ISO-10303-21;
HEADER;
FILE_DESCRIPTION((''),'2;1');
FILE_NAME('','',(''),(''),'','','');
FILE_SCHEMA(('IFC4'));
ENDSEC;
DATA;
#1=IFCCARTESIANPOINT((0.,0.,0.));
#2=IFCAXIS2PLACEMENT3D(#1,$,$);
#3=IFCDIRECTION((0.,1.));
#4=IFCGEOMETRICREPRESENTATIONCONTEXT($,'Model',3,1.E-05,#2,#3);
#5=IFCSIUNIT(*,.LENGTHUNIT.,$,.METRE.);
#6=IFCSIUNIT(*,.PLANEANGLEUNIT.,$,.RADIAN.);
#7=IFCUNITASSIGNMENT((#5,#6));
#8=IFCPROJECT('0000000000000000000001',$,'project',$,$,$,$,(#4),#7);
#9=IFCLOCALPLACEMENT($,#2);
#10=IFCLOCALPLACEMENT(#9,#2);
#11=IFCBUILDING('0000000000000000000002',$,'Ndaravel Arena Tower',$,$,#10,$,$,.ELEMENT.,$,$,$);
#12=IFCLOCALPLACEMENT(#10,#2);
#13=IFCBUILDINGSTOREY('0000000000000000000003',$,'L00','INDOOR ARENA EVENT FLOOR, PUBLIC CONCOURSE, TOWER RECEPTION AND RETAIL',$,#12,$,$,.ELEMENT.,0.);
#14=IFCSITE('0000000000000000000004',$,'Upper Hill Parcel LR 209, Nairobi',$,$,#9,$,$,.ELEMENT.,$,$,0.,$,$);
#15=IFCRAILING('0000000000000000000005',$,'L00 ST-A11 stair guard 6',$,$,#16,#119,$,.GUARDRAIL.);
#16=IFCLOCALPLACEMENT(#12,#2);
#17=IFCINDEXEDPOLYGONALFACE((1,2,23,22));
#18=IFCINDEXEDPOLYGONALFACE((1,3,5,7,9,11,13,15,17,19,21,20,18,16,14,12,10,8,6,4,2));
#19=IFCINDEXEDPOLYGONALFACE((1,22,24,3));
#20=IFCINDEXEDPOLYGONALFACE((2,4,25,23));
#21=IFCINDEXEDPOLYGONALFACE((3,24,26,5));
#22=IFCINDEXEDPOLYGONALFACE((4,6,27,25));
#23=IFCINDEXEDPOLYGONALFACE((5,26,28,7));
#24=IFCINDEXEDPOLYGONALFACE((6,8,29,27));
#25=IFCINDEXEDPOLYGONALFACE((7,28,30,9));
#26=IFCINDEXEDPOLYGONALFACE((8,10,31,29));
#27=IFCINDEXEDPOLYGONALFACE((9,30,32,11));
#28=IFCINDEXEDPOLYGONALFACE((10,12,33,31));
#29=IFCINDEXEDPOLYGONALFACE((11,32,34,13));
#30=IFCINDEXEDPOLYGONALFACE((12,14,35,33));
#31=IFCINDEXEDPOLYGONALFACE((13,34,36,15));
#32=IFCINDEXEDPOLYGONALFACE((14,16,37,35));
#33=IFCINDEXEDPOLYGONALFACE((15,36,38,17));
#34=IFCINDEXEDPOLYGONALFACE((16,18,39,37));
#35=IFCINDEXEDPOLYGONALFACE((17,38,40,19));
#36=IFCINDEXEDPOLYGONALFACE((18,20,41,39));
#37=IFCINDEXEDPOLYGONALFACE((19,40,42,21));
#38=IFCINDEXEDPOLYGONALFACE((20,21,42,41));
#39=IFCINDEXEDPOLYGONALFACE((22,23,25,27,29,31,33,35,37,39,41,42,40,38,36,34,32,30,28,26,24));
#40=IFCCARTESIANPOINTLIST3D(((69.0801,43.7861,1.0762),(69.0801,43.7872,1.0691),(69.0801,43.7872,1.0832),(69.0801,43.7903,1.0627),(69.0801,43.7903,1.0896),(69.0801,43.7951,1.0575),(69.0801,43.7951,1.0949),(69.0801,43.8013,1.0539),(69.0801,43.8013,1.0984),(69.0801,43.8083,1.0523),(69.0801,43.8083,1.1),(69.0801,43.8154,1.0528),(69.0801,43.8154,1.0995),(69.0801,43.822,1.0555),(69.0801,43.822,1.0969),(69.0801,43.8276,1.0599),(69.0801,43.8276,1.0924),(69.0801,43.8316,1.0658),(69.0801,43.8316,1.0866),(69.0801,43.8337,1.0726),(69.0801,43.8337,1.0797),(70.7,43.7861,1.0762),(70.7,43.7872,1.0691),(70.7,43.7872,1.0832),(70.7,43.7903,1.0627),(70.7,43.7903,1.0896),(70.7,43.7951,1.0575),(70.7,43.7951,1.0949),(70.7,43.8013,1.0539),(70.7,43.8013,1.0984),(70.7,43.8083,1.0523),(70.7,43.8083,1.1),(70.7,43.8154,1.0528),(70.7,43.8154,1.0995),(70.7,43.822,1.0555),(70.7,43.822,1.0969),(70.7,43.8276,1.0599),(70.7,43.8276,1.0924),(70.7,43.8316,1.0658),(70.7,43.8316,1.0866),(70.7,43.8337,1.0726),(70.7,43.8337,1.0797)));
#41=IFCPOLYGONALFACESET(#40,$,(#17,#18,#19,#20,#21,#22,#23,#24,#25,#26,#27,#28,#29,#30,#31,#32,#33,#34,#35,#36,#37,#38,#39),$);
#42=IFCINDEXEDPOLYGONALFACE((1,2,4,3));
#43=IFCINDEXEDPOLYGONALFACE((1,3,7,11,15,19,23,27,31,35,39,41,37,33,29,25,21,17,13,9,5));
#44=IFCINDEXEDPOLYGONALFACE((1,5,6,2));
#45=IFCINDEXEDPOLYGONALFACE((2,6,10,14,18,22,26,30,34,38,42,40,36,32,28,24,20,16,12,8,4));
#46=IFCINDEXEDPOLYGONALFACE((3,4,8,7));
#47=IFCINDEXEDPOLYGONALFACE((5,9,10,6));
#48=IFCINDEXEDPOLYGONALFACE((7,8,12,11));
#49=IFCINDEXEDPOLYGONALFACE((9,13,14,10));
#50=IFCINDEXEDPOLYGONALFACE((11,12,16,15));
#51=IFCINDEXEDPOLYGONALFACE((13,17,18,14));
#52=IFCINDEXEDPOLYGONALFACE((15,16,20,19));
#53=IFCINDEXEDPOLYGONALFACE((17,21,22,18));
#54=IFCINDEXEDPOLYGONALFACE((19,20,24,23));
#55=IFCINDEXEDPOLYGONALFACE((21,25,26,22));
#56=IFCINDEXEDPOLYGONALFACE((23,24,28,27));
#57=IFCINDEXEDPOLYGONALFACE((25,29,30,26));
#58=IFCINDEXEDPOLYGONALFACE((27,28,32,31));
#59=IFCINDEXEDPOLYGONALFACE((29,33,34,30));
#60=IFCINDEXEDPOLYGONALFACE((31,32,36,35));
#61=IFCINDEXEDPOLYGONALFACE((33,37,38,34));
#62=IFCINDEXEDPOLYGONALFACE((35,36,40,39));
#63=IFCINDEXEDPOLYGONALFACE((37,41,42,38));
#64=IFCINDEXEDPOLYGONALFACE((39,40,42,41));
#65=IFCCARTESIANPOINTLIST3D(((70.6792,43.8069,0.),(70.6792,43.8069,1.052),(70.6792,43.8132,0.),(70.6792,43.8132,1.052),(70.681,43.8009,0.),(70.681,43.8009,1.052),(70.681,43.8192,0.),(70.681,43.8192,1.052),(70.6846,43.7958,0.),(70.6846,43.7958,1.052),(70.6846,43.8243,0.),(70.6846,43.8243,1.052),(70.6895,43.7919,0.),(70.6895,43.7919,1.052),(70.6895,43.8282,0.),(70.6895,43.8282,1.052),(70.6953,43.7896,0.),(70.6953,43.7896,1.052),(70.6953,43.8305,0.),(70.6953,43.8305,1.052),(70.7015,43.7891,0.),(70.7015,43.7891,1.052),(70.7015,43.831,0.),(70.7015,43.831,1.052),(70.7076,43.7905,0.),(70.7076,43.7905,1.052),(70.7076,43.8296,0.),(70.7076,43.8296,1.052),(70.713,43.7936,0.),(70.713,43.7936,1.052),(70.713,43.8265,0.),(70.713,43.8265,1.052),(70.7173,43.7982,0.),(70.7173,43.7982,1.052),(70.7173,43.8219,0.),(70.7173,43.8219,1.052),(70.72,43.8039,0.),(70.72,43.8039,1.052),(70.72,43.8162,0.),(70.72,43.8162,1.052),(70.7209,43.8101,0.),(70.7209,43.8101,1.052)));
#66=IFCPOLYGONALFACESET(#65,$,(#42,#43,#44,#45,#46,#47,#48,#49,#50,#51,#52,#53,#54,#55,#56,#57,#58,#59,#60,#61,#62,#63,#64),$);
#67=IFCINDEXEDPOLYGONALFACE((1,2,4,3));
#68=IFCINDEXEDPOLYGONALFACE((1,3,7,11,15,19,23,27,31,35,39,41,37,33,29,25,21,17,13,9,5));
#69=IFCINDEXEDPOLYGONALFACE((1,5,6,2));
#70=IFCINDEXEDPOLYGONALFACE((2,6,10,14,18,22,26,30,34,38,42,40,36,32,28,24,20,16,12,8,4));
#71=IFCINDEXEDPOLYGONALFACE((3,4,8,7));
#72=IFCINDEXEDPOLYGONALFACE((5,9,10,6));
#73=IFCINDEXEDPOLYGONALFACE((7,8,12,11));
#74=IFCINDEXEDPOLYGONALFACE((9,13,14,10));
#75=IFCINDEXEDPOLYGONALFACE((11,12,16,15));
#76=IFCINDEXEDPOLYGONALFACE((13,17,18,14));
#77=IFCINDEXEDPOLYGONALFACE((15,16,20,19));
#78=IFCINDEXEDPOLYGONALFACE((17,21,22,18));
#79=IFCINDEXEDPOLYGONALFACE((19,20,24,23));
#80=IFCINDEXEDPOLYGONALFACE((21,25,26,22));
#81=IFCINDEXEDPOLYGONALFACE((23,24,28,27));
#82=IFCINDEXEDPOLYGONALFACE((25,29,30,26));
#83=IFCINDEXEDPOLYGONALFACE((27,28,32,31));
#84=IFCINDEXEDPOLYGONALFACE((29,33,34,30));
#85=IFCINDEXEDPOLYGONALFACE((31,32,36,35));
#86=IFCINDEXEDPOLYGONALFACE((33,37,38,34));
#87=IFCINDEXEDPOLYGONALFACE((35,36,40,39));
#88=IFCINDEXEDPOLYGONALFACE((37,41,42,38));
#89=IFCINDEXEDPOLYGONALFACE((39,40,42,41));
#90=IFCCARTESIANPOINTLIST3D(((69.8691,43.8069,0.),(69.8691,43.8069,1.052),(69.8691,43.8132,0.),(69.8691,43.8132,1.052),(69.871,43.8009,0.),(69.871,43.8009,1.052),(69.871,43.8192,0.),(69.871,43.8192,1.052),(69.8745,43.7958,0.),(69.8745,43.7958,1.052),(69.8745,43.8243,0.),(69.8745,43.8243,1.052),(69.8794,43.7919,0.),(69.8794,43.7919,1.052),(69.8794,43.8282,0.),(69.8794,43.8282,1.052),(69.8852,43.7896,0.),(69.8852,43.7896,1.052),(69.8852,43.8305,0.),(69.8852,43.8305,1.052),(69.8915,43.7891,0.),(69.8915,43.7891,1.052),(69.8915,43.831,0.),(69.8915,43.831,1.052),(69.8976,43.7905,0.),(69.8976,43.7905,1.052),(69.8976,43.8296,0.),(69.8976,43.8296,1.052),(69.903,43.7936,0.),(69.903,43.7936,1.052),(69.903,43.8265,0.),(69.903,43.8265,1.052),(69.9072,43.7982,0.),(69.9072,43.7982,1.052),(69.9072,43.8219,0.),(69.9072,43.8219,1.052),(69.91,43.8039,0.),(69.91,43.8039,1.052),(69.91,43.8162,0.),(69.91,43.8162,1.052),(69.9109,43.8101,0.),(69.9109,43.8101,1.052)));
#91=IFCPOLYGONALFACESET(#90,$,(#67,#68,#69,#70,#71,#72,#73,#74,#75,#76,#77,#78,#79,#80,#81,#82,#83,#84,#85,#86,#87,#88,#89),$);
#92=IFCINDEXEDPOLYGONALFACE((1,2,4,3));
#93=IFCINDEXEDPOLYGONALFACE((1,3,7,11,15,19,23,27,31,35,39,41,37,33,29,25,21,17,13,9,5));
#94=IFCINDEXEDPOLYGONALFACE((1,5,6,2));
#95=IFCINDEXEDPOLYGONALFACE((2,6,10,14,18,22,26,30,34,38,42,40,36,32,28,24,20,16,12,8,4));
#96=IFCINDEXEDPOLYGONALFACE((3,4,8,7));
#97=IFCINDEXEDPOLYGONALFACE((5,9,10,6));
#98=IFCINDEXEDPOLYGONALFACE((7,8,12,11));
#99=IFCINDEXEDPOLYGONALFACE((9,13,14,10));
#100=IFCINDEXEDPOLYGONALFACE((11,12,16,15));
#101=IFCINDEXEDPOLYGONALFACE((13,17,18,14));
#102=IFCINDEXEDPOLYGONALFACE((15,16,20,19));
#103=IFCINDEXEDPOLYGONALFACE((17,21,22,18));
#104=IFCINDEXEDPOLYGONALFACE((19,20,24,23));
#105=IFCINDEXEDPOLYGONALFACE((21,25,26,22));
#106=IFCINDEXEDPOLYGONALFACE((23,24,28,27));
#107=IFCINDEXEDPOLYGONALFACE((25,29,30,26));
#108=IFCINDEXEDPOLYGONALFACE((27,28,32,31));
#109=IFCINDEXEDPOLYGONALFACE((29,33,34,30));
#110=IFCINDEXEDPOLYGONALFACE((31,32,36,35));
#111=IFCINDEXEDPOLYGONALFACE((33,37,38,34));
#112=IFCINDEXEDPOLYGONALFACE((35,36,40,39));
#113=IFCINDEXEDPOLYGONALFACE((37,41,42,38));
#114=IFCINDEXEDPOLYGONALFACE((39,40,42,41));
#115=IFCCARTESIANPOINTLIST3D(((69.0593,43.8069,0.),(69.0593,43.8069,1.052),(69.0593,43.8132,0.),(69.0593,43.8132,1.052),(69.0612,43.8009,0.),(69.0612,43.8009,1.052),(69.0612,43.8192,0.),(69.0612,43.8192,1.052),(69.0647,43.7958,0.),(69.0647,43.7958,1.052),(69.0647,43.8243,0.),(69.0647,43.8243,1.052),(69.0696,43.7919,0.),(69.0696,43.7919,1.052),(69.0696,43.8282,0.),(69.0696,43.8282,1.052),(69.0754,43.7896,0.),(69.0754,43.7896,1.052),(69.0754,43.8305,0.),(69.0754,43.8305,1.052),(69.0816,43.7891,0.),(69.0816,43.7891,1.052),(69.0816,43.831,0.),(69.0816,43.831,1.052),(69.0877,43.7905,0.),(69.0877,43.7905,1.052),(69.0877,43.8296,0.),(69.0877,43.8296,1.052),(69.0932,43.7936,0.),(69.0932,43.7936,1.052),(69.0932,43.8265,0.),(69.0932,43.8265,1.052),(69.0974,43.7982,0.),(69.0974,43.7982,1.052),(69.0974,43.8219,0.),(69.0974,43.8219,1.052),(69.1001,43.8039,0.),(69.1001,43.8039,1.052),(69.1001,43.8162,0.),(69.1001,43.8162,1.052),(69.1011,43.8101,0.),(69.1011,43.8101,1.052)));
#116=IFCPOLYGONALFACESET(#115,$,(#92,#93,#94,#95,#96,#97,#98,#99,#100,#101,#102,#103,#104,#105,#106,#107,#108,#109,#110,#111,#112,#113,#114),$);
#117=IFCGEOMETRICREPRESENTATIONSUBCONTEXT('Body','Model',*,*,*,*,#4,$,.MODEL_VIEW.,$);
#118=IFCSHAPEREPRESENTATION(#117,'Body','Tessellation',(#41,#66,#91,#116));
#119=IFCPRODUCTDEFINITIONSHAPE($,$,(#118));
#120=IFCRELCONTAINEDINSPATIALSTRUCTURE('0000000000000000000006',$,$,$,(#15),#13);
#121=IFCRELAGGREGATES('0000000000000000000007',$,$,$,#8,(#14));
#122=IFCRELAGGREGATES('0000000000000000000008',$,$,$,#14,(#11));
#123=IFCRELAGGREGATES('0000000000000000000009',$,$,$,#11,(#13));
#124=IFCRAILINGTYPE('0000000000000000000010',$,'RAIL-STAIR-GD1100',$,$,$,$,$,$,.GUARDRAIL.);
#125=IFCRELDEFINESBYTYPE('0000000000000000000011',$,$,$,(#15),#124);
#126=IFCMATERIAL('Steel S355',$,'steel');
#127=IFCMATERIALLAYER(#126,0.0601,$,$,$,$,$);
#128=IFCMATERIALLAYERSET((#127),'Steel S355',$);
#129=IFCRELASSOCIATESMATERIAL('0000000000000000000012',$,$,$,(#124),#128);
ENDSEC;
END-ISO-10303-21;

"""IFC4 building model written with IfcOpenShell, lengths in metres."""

from ifc_helpers import new_model, si_unit, direction, frame, origin, origin_2d, place, context, subcontext, project, spatial, circle, extrude, material, layer, layer_set, type_object, element, save


model = new_model("IFC4")

# Units and contexts
model_context = context("Model", 3, precision=1e-05, world=origin(), true_north=direction((0.0, 1.0)))
body_context = subcontext(model_context, "Body", "Model", "MODEL_VIEW")
ifc_project = project(units=[si_unit("LENGTHUNIT", "METRE"), si_unit("PLANEANGLEUNIT", "RADIAN")], contexts=[model_context])

# Site, building, storey
site_placement = place(None, origin())
site = spatial("IfcSite", under=ifc_project, at=site_placement, Name="Upper Hill Parcel LR 209, Nairobi", CompositionType="ELEMENT", RefElevation=0.0)
building_placement = place(site_placement, origin())
building = spatial("IfcBuilding", under=site, at=building_placement, Name="Ndaravel Arena Tower", CompositionType="ELEMENT")
storey_placement = place(building_placement, origin())
storey = spatial("IfcBuildingStorey", under=building, at=storey_placement, Name="L00", Description="INDOOR ARENA EVENT FLOOR, PUBLIC CONCOURSE, TOWER RECEPTION AND RETAIL", CompositionType="ELEMENT", Elevation=0.0)

# Railing
ifc_material_1 = material(Name="Steel S355", Category="steel")
ifc_layer_1 = layer(ifc_material_1, 0.0601)
ifc_layer_set_1 = layer_set([ifc_layer_1], Name="Steel S355")
railing_type_1 = type_object("IfcRailingType", Name="RAIL-STAIR-GD1100", PredefinedType="GUARDRAIL", material=ifc_layer_set_1)
for number, where, name in (
    (1, (70.7, 43.8101, 0.0), "L00 ST-A11 stair guard 6"),
):
    element("IfcRailing", number, at=place(storey_placement, frame(where)), inside=storey, type_object=railing_type_1, Name=name, PredefinedType="GUARDRAIL", context=body_context, shape_type="SweptSolid", body=[
        extrude(circle(Radius=0.0239, at=origin_2d()), frame((0.0, 0.0, 1.0762), z_axis=(-1.0, 0.0, 0.0), x_axis=(0.0, -1.0, 0.0)), (0.0, 0.0, 1.0), 1.6199),
        extrude(circle(Radius=0.021, at=origin_2d()), origin(), (0.0, 0.0, 1.0), 1.052),
        extrude(circle(Radius=0.021, at=origin_2d()), frame((-0.8101, 0.0, 0.0)), (0.0, 0.0, 1.0), 1.052),
        extrude(circle(Radius=0.021, at=origin_2d()), frame((-1.6199, 0.0, 0.0)), (0.0, 0.0, 1.0), 1.052),
    ])

save(model, "model.ifc")
